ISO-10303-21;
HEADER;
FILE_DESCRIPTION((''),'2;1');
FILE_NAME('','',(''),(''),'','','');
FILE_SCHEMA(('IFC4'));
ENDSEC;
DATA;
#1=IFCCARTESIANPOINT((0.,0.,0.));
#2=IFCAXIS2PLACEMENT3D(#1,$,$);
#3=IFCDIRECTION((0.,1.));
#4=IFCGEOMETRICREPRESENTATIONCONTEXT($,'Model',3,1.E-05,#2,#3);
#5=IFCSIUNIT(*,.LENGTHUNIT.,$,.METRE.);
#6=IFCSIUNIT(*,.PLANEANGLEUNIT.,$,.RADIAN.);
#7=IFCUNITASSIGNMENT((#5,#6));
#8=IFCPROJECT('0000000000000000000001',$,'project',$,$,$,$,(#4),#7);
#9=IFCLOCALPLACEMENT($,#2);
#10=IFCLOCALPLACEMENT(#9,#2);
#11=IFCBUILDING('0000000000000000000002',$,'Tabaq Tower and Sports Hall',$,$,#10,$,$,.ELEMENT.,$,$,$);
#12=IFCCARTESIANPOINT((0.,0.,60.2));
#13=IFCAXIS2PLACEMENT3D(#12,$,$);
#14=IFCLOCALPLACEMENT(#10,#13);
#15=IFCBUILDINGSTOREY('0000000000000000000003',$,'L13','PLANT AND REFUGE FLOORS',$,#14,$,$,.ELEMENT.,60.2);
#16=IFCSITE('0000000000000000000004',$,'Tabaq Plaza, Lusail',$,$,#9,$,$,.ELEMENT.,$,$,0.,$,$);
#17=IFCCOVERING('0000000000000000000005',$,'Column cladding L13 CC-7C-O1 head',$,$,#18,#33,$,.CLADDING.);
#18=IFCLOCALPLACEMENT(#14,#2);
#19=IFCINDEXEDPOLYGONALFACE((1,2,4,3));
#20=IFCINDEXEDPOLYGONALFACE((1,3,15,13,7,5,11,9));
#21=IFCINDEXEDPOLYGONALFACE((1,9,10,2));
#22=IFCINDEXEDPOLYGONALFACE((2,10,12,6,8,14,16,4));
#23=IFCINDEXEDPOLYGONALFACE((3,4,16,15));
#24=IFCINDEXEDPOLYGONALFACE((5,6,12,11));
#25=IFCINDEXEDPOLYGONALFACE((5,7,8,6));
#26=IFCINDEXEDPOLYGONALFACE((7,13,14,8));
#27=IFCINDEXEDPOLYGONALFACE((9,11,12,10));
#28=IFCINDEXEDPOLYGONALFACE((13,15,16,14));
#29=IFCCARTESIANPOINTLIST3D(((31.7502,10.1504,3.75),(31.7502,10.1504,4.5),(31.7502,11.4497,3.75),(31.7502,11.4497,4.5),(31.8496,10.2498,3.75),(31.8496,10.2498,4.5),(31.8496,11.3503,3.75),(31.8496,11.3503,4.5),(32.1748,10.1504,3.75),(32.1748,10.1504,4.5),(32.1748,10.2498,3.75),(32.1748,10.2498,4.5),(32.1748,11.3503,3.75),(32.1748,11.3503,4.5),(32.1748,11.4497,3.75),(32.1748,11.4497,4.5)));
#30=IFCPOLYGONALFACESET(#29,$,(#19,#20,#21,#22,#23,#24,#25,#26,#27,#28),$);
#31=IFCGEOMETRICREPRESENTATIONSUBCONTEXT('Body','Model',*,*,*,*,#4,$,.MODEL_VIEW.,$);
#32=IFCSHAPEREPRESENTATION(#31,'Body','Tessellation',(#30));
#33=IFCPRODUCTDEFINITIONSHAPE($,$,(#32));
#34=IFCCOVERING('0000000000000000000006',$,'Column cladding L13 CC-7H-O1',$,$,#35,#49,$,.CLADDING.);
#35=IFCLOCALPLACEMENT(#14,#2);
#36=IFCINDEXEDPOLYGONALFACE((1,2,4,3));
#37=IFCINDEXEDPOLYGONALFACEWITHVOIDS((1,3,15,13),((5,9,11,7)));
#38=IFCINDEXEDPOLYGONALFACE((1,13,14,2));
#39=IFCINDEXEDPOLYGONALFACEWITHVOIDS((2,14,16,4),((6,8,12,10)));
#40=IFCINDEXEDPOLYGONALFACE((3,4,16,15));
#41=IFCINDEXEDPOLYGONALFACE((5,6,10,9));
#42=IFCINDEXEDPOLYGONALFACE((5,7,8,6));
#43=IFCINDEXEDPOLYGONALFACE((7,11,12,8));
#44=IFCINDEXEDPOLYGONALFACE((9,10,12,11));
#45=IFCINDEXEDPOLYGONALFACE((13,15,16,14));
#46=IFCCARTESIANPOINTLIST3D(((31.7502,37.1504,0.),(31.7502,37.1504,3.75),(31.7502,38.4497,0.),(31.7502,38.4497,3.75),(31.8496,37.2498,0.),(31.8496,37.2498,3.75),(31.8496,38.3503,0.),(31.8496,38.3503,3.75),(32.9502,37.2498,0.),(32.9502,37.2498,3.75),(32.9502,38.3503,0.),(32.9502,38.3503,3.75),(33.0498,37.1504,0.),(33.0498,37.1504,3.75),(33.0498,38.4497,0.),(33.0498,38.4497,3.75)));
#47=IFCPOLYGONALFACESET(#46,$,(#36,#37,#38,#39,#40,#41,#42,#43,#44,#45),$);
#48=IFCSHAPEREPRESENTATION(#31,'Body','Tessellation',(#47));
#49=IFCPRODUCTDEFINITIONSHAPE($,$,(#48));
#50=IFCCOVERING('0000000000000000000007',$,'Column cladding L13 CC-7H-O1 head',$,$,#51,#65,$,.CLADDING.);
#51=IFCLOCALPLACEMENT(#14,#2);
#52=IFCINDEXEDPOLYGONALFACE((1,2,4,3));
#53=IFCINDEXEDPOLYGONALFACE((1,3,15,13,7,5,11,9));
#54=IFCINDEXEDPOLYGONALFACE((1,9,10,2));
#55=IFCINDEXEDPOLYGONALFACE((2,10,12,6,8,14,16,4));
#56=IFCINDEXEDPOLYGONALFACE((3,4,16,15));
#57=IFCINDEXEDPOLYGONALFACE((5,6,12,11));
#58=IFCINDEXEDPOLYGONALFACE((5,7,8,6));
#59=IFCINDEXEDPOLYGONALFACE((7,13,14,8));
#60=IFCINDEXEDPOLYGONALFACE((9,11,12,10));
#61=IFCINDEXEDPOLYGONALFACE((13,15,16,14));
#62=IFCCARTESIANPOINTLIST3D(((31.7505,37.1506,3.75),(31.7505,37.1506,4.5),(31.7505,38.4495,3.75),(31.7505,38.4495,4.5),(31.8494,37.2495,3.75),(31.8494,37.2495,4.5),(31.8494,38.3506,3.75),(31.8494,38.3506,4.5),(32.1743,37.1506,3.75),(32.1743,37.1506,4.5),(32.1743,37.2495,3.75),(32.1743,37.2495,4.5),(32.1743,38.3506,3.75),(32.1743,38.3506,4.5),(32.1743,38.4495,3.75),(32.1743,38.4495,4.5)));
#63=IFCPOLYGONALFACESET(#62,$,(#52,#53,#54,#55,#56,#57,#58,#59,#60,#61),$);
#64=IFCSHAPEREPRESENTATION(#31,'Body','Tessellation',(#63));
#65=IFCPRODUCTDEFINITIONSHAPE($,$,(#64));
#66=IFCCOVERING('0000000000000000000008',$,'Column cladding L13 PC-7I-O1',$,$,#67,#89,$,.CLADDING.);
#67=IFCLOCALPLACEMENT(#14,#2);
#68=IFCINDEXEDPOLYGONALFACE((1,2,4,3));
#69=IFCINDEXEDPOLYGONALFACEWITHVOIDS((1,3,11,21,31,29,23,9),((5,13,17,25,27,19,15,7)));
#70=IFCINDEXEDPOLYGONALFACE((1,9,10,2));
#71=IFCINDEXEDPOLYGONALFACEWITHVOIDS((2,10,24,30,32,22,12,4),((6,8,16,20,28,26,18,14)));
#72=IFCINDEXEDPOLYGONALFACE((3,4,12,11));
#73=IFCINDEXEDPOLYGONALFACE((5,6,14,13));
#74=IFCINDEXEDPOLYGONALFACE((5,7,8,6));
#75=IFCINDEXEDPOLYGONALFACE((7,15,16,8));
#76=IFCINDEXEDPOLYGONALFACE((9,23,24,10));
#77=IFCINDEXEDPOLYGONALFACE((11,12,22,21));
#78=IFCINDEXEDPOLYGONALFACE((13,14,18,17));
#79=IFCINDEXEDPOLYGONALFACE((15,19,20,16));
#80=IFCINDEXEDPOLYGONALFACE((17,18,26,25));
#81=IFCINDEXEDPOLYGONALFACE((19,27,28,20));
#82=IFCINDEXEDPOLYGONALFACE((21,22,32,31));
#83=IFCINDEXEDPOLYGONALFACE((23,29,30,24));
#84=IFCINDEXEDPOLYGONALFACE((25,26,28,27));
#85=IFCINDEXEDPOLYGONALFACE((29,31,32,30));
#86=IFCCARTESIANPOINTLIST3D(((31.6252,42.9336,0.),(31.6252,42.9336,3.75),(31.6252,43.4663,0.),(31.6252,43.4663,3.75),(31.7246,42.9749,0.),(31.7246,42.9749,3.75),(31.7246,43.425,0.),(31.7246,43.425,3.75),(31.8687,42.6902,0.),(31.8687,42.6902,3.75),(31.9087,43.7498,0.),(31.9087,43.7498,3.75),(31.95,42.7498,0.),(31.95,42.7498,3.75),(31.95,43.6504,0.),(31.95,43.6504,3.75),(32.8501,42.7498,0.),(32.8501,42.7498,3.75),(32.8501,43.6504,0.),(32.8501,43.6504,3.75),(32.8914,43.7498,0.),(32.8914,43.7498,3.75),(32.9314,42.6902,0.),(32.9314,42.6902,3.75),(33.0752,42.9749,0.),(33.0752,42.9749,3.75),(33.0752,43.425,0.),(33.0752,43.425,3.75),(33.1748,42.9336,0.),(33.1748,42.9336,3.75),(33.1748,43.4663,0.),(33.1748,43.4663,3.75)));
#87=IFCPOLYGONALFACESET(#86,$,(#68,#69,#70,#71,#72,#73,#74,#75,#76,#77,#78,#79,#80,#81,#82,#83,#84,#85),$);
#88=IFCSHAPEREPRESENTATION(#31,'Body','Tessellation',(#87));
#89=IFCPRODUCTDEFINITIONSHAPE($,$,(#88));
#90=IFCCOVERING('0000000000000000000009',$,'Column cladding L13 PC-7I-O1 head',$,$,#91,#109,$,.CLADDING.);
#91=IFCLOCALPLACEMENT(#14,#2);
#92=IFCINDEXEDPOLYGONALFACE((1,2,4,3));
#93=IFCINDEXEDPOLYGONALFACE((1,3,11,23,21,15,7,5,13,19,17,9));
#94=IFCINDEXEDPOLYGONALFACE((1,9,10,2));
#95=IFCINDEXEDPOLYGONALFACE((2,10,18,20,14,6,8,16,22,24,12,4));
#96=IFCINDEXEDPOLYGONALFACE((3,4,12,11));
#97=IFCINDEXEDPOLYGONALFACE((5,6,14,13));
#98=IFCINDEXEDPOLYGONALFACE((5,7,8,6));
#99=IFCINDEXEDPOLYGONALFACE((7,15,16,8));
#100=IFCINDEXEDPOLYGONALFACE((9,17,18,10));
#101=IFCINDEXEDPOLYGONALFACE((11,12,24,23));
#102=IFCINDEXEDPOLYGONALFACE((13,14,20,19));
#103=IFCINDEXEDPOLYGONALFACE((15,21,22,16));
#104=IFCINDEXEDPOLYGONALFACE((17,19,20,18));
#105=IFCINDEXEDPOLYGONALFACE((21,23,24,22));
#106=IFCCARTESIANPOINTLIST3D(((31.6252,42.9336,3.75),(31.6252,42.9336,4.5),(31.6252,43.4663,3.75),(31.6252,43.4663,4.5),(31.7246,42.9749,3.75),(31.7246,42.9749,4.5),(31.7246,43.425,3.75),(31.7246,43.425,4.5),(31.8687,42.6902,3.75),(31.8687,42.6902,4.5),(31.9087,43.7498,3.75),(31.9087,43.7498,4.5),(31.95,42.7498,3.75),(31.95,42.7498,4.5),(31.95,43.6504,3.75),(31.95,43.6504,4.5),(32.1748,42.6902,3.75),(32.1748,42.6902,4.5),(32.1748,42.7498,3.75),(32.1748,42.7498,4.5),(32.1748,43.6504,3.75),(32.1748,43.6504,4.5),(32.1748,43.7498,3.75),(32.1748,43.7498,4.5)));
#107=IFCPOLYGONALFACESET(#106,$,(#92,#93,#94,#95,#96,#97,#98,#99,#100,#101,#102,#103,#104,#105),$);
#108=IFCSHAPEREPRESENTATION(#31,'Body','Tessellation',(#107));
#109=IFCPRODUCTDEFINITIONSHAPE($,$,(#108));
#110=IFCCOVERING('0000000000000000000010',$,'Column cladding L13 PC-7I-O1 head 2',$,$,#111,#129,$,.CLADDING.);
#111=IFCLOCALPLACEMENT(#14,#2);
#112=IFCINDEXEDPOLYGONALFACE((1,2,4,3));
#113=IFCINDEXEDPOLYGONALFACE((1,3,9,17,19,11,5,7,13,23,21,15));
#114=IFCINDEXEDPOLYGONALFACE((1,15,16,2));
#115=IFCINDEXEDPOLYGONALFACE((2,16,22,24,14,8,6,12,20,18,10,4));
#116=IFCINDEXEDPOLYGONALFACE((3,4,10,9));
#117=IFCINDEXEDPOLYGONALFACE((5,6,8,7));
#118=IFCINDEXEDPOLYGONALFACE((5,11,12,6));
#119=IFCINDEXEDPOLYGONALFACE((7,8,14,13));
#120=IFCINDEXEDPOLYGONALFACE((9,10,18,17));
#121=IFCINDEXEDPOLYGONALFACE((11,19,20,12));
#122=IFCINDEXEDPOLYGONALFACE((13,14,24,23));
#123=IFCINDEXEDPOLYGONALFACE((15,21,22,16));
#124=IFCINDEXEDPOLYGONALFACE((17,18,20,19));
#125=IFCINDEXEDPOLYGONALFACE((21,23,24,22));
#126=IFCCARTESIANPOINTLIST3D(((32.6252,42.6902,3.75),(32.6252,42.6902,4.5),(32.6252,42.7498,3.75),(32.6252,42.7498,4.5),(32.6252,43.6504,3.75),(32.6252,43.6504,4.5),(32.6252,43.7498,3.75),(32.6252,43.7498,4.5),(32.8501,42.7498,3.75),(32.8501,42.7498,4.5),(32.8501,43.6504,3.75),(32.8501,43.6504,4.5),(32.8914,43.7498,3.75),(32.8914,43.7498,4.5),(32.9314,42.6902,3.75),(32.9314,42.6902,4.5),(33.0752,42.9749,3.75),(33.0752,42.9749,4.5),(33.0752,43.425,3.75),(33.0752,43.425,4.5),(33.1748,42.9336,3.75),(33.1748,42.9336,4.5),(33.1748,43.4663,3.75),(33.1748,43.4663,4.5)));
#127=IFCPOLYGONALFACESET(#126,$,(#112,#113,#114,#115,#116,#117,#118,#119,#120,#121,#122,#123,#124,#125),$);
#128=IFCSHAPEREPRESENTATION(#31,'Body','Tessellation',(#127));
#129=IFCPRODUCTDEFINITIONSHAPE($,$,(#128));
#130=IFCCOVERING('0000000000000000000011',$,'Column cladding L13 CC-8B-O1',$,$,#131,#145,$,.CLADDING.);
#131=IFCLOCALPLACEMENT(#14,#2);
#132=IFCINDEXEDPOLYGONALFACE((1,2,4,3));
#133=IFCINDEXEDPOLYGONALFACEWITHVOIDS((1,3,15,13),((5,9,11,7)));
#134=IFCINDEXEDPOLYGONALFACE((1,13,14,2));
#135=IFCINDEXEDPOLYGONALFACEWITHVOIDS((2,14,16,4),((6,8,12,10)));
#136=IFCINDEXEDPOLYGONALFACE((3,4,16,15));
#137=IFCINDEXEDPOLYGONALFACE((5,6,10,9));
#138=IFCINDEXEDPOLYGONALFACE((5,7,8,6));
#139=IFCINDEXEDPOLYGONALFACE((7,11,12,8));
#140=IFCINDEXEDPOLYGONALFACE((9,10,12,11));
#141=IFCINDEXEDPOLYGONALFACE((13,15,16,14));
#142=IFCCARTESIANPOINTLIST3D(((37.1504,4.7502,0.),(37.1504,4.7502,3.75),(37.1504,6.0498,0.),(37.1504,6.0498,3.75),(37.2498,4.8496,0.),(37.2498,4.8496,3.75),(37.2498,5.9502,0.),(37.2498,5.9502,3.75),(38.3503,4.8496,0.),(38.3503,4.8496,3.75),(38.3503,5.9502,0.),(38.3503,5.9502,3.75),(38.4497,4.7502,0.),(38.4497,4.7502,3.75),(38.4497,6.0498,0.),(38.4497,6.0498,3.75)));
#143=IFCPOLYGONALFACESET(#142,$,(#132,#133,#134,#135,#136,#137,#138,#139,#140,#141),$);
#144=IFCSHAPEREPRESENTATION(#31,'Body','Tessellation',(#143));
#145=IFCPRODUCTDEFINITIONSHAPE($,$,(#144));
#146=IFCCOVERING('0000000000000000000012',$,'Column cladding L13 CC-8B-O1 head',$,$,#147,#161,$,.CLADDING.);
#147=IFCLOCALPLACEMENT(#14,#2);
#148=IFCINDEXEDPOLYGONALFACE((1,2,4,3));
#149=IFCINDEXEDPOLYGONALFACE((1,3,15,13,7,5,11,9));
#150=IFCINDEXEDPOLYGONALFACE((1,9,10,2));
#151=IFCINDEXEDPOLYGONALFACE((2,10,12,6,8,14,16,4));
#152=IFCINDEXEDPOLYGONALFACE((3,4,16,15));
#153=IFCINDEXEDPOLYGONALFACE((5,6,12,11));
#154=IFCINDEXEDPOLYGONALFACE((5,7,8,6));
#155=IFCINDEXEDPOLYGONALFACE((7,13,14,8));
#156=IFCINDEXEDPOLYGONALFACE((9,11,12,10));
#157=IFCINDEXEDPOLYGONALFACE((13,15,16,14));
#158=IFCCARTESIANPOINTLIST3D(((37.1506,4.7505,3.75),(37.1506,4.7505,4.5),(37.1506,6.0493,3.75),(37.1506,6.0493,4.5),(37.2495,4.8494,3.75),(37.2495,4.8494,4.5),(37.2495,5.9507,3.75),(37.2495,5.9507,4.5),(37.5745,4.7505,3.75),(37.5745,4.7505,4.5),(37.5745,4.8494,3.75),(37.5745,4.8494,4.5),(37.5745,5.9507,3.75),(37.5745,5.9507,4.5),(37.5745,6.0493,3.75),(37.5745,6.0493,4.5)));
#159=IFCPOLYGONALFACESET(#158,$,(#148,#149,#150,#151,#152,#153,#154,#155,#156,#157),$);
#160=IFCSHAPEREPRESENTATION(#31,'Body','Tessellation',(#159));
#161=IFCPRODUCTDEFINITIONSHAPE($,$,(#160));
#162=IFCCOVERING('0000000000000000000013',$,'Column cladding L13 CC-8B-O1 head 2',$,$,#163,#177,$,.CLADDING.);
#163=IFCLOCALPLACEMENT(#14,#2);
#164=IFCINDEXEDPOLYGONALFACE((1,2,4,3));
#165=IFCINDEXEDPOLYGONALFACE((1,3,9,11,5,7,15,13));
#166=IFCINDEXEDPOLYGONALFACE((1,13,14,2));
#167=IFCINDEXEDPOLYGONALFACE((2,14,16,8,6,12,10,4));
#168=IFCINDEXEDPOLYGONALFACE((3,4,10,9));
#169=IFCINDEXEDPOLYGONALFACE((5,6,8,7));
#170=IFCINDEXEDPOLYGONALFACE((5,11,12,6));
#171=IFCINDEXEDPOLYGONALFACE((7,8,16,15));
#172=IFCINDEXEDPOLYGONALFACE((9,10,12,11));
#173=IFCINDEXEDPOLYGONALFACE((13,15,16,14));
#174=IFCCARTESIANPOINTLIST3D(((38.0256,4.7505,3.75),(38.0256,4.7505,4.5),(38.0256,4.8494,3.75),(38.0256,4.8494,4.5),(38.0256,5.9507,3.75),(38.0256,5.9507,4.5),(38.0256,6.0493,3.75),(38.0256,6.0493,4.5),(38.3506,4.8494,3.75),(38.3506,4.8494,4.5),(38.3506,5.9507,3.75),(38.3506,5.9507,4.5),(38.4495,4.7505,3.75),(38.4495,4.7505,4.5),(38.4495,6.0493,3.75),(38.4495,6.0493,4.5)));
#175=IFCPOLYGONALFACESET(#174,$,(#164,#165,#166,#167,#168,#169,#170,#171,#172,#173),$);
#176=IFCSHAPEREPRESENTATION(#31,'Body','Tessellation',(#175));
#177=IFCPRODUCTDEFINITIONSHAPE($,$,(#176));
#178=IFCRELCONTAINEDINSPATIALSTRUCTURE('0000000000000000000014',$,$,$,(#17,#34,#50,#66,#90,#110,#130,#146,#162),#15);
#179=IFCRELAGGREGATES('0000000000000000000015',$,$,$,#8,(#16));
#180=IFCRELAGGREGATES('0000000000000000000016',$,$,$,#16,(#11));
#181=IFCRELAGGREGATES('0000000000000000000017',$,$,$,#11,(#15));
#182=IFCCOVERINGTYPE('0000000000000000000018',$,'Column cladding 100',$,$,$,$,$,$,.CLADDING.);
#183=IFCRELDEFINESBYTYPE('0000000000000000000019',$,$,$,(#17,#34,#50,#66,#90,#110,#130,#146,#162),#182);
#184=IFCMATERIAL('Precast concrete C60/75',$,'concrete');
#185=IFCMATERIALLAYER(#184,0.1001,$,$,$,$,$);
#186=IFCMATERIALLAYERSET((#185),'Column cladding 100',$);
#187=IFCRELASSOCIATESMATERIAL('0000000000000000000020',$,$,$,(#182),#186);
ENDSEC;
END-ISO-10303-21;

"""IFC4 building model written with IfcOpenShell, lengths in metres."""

from ifc_helpers import new_model, si_unit, direction, frame, origin, place, context, subcontext, project, spatial, polyline, outline, extrude, material, layer, layer_set, type_object, element, save


model = new_model("IFC4")

# Units and contexts
model_context = context("Model", 3, precision=1e-05, world=origin(), true_north=direction((0.0, 1.0)))
body_context = subcontext(model_context, "Body", "Model", "MODEL_VIEW")
ifc_project = project(units=[si_unit("LENGTHUNIT", "METRE"), si_unit("PLANEANGLEUNIT", "RADIAN")], contexts=[model_context])

# Site, building, storey
site_placement = place(None, origin())
site = spatial("IfcSite", under=ifc_project, at=site_placement, Name="Tabaq Plaza, Lusail", CompositionType="ELEMENT", RefElevation=0.0)
building_placement = place(site_placement, origin())
building = spatial("IfcBuilding", under=site, at=building_placement, Name="Tabaq Tower and Sports Hall", CompositionType="ELEMENT")
storey_placement = place(building_placement, frame((0.0, 0.0, 60.2)))
storey = spatial("IfcBuildingStorey", under=building, at=storey_placement, Name="L13", Description="PLANT AND REFUGE FLOORS", CompositionType="ELEMENT", Elevation=60.2)

# Coverings
ifc_material_1 = material(Name="Precast concrete C60/75", Category="concrete")
ifc_layer_1 = layer(ifc_material_1, 0.1001)
ifc_layer_set_1 = layer_set([ifc_layer_1], Name="Column cladding 100")
covering_type_1 = type_object("IfcCoveringType", Name="Column cladding 100", PredefinedType="CLADDING", material=ifc_layer_set_1)
covering_1_placement = place(storey_placement, frame((0.0, 0.0, 3.75)))
element("IfcCovering", 1, at=covering_1_placement, inside=storey, type_object=covering_type_1, Name="Column cladding L13 CC-7C-O1 head", PredefinedType="CLADDING", context=body_context, shape_type="SweptSolid", body=[
    extrude(outline(polyline([(32.1748, 11.4497), (32.1748, 11.3503), (31.8496, 11.3503), (31.8496, 10.2498), (32.1748, 10.2498), (32.1748, 10.1504), (31.7502, 10.1504), (31.7502, 11.4497), (32.1748, 11.4497)])), origin(), (0.0, 0.0, 1.0), 0.75),
])
covering_2_placement = place(storey_placement, origin())
element("IfcCovering", 2, at=covering_2_placement, inside=storey, type_object=covering_type_1, Name="Column cladding L13 CC-7H-O1", PredefinedType="CLADDING", context=body_context, shape_type="SweptSolid", body=[
    extrude(outline(polyline([(31.7502, 38.4497), (33.0498, 38.4497), (33.0498, 37.1504), (31.7502, 37.1504), (31.7502, 38.4497)]), holes=[polyline([(32.9502, 37.2498), (32.9502, 38.3503), (31.8496, 38.3503), (31.8496, 37.2498), (32.9502, 37.2498)])]), origin(), (0.0, 0.0, 1.0), 3.75),
])
covering_3_placement = place(storey_placement, frame((0.0, 0.0, 3.75)))
element("IfcCovering", 3, at=covering_3_placement, inside=storey, type_object=covering_type_1, Name="Column cladding L13 CC-7H-O1 head", PredefinedType="CLADDING", context=body_context, shape_type="SweptSolid", body=[
    extrude(outline(polyline([(32.1743, 38.3506), (31.8494, 38.3506), (31.8494, 37.2495), (32.1743, 37.2495), (32.1743, 37.1506), (31.7505, 37.1506), (31.7505, 38.4495), (32.1743, 38.4495), (32.1743, 38.3506)])), origin(), (0.0, 0.0, 1.0), 0.75),
])
covering_4_placement = place(storey_placement, origin())
element("IfcCovering", 4, at=covering_4_placement, inside=storey, type_object=covering_type_1, Name="Column cladding L13 PC-7I-O1", PredefinedType="CLADDING", context=body_context, shape_type="SweptSolid", body=[
    extrude(outline(polyline([(31.6252, 43.4663), (31.9087, 43.7498), (32.8914, 43.7498), (33.1748, 43.4663), (33.1748, 42.9336), (32.9314, 42.6902), (31.8687, 42.6902), (31.6252, 42.9336), (31.6252, 43.4663)]), holes=[polyline([(33.0752, 42.9749), (33.0752, 43.425), (32.8501, 43.6504), (31.95, 43.6504), (31.7246, 43.425), (31.7246, 42.9749), (31.95, 42.7498), (32.8501, 42.7498), (33.0752, 42.9749)])]), origin(), (0.0, 0.0, 1.0), 3.75),
])
covering_5_placement = place(storey_placement, frame((0.0, 0.0, 3.75)))
element("IfcCovering", 5, at=covering_5_placement, inside=storey, type_object=covering_type_1, Name="Column cladding L13 PC-7I-O1 head", PredefinedType="CLADDING", context=body_context, shape_type="SweptSolid", body=[
    extrude(outline(polyline([(31.9087, 43.7498), (32.1748, 43.7498), (32.1748, 43.6504), (31.95, 43.6504), (31.7246, 43.425), (31.7246, 42.9749), (31.95, 42.7498), (32.1748, 42.7498), (32.1748, 42.6902), (31.8687, 42.6902), (31.6252, 42.9336), (31.6252, 43.4663), (31.9087, 43.7498)])), origin(), (0.0, 0.0, 1.0), 0.75),
])
covering_6_placement = place(storey_placement, frame((0.0, 0.0, 3.75)))
element("IfcCovering", 6, at=covering_6_placement, inside=storey, type_object=covering_type_1, Name="Column cladding L13 PC-7I-O1 head 2", PredefinedType="CLADDING", context=body_context, shape_type="SweptSolid", body=[
    extrude(outline(polyline([(32.8914, 43.7498), (33.1748, 43.4663), (33.1748, 42.9336), (32.9314, 42.6902), (32.6252, 42.6902), (32.6252, 42.7498), (32.8501, 42.7498), (33.0752, 42.9749), (33.0752, 43.425), (32.8501, 43.6504), (32.6252, 43.6504), (32.6252, 43.7498), (32.8914, 43.7498)])), origin(), (0.0, 0.0, 1.0), 0.75),
])
covering_7_placement = place(storey_placement, origin())
element("IfcCovering", 7, at=covering_7_placement, inside=storey, type_object=covering_type_1, Name="Column cladding L13 CC-8B-O1", PredefinedType="CLADDING", context=body_context, shape_type="SweptSolid", body=[
    extrude(outline(polyline([(37.1504, 6.0498), (38.4497, 6.0498), (38.4497, 4.7502), (37.1504, 4.7502), (37.1504, 6.0498)]), holes=[polyline([(38.3503, 4.8496), (38.3503, 5.9502), (37.2498, 5.9502), (37.2498, 4.8496), (38.3503, 4.8496)])]), origin(), (0.0, 0.0, 1.0), 3.75),
])
covering_8_placement = place(storey_placement, frame((0.0, 0.0, 3.75)))
element("IfcCovering", 8, at=covering_8_placement, inside=storey, type_object=covering_type_1, Name="Column cladding L13 CC-8B-O1 head", PredefinedType="CLADDING", context=body_context, shape_type="SweptSolid", body=[
    extrude(outline(polyline([(37.5745, 4.8494), (37.5745, 4.7505), (37.1506, 4.7505), (37.1506, 6.0493), (37.5745, 6.0493), (37.5745, 5.9507), (37.2495, 5.9507), (37.2495, 4.8494), (37.5745, 4.8494)])), origin(), (0.0, 0.0, 1.0), 0.75),
])
covering_9_placement = place(storey_placement, frame((0.0, 0.0, 3.75)))
element("IfcCovering", 9, at=covering_9_placement, inside=storey, type_object=covering_type_1, Name="Column cladding L13 CC-8B-O1 head 2", PredefinedType="CLADDING", context=body_context, shape_type="SweptSolid", body=[
    extrude(outline(polyline([(38.0256, 4.8494), (38.3506, 4.8494), (38.3506, 5.9507), (38.0256, 5.9507), (38.0256, 6.0493), (38.4495, 6.0493), (38.4495, 4.7505), (38.0256, 4.7505), (38.0256, 4.8494)])), origin(), (0.0, 0.0, 1.0), 0.75),
])

save(model, "model.ifc")
